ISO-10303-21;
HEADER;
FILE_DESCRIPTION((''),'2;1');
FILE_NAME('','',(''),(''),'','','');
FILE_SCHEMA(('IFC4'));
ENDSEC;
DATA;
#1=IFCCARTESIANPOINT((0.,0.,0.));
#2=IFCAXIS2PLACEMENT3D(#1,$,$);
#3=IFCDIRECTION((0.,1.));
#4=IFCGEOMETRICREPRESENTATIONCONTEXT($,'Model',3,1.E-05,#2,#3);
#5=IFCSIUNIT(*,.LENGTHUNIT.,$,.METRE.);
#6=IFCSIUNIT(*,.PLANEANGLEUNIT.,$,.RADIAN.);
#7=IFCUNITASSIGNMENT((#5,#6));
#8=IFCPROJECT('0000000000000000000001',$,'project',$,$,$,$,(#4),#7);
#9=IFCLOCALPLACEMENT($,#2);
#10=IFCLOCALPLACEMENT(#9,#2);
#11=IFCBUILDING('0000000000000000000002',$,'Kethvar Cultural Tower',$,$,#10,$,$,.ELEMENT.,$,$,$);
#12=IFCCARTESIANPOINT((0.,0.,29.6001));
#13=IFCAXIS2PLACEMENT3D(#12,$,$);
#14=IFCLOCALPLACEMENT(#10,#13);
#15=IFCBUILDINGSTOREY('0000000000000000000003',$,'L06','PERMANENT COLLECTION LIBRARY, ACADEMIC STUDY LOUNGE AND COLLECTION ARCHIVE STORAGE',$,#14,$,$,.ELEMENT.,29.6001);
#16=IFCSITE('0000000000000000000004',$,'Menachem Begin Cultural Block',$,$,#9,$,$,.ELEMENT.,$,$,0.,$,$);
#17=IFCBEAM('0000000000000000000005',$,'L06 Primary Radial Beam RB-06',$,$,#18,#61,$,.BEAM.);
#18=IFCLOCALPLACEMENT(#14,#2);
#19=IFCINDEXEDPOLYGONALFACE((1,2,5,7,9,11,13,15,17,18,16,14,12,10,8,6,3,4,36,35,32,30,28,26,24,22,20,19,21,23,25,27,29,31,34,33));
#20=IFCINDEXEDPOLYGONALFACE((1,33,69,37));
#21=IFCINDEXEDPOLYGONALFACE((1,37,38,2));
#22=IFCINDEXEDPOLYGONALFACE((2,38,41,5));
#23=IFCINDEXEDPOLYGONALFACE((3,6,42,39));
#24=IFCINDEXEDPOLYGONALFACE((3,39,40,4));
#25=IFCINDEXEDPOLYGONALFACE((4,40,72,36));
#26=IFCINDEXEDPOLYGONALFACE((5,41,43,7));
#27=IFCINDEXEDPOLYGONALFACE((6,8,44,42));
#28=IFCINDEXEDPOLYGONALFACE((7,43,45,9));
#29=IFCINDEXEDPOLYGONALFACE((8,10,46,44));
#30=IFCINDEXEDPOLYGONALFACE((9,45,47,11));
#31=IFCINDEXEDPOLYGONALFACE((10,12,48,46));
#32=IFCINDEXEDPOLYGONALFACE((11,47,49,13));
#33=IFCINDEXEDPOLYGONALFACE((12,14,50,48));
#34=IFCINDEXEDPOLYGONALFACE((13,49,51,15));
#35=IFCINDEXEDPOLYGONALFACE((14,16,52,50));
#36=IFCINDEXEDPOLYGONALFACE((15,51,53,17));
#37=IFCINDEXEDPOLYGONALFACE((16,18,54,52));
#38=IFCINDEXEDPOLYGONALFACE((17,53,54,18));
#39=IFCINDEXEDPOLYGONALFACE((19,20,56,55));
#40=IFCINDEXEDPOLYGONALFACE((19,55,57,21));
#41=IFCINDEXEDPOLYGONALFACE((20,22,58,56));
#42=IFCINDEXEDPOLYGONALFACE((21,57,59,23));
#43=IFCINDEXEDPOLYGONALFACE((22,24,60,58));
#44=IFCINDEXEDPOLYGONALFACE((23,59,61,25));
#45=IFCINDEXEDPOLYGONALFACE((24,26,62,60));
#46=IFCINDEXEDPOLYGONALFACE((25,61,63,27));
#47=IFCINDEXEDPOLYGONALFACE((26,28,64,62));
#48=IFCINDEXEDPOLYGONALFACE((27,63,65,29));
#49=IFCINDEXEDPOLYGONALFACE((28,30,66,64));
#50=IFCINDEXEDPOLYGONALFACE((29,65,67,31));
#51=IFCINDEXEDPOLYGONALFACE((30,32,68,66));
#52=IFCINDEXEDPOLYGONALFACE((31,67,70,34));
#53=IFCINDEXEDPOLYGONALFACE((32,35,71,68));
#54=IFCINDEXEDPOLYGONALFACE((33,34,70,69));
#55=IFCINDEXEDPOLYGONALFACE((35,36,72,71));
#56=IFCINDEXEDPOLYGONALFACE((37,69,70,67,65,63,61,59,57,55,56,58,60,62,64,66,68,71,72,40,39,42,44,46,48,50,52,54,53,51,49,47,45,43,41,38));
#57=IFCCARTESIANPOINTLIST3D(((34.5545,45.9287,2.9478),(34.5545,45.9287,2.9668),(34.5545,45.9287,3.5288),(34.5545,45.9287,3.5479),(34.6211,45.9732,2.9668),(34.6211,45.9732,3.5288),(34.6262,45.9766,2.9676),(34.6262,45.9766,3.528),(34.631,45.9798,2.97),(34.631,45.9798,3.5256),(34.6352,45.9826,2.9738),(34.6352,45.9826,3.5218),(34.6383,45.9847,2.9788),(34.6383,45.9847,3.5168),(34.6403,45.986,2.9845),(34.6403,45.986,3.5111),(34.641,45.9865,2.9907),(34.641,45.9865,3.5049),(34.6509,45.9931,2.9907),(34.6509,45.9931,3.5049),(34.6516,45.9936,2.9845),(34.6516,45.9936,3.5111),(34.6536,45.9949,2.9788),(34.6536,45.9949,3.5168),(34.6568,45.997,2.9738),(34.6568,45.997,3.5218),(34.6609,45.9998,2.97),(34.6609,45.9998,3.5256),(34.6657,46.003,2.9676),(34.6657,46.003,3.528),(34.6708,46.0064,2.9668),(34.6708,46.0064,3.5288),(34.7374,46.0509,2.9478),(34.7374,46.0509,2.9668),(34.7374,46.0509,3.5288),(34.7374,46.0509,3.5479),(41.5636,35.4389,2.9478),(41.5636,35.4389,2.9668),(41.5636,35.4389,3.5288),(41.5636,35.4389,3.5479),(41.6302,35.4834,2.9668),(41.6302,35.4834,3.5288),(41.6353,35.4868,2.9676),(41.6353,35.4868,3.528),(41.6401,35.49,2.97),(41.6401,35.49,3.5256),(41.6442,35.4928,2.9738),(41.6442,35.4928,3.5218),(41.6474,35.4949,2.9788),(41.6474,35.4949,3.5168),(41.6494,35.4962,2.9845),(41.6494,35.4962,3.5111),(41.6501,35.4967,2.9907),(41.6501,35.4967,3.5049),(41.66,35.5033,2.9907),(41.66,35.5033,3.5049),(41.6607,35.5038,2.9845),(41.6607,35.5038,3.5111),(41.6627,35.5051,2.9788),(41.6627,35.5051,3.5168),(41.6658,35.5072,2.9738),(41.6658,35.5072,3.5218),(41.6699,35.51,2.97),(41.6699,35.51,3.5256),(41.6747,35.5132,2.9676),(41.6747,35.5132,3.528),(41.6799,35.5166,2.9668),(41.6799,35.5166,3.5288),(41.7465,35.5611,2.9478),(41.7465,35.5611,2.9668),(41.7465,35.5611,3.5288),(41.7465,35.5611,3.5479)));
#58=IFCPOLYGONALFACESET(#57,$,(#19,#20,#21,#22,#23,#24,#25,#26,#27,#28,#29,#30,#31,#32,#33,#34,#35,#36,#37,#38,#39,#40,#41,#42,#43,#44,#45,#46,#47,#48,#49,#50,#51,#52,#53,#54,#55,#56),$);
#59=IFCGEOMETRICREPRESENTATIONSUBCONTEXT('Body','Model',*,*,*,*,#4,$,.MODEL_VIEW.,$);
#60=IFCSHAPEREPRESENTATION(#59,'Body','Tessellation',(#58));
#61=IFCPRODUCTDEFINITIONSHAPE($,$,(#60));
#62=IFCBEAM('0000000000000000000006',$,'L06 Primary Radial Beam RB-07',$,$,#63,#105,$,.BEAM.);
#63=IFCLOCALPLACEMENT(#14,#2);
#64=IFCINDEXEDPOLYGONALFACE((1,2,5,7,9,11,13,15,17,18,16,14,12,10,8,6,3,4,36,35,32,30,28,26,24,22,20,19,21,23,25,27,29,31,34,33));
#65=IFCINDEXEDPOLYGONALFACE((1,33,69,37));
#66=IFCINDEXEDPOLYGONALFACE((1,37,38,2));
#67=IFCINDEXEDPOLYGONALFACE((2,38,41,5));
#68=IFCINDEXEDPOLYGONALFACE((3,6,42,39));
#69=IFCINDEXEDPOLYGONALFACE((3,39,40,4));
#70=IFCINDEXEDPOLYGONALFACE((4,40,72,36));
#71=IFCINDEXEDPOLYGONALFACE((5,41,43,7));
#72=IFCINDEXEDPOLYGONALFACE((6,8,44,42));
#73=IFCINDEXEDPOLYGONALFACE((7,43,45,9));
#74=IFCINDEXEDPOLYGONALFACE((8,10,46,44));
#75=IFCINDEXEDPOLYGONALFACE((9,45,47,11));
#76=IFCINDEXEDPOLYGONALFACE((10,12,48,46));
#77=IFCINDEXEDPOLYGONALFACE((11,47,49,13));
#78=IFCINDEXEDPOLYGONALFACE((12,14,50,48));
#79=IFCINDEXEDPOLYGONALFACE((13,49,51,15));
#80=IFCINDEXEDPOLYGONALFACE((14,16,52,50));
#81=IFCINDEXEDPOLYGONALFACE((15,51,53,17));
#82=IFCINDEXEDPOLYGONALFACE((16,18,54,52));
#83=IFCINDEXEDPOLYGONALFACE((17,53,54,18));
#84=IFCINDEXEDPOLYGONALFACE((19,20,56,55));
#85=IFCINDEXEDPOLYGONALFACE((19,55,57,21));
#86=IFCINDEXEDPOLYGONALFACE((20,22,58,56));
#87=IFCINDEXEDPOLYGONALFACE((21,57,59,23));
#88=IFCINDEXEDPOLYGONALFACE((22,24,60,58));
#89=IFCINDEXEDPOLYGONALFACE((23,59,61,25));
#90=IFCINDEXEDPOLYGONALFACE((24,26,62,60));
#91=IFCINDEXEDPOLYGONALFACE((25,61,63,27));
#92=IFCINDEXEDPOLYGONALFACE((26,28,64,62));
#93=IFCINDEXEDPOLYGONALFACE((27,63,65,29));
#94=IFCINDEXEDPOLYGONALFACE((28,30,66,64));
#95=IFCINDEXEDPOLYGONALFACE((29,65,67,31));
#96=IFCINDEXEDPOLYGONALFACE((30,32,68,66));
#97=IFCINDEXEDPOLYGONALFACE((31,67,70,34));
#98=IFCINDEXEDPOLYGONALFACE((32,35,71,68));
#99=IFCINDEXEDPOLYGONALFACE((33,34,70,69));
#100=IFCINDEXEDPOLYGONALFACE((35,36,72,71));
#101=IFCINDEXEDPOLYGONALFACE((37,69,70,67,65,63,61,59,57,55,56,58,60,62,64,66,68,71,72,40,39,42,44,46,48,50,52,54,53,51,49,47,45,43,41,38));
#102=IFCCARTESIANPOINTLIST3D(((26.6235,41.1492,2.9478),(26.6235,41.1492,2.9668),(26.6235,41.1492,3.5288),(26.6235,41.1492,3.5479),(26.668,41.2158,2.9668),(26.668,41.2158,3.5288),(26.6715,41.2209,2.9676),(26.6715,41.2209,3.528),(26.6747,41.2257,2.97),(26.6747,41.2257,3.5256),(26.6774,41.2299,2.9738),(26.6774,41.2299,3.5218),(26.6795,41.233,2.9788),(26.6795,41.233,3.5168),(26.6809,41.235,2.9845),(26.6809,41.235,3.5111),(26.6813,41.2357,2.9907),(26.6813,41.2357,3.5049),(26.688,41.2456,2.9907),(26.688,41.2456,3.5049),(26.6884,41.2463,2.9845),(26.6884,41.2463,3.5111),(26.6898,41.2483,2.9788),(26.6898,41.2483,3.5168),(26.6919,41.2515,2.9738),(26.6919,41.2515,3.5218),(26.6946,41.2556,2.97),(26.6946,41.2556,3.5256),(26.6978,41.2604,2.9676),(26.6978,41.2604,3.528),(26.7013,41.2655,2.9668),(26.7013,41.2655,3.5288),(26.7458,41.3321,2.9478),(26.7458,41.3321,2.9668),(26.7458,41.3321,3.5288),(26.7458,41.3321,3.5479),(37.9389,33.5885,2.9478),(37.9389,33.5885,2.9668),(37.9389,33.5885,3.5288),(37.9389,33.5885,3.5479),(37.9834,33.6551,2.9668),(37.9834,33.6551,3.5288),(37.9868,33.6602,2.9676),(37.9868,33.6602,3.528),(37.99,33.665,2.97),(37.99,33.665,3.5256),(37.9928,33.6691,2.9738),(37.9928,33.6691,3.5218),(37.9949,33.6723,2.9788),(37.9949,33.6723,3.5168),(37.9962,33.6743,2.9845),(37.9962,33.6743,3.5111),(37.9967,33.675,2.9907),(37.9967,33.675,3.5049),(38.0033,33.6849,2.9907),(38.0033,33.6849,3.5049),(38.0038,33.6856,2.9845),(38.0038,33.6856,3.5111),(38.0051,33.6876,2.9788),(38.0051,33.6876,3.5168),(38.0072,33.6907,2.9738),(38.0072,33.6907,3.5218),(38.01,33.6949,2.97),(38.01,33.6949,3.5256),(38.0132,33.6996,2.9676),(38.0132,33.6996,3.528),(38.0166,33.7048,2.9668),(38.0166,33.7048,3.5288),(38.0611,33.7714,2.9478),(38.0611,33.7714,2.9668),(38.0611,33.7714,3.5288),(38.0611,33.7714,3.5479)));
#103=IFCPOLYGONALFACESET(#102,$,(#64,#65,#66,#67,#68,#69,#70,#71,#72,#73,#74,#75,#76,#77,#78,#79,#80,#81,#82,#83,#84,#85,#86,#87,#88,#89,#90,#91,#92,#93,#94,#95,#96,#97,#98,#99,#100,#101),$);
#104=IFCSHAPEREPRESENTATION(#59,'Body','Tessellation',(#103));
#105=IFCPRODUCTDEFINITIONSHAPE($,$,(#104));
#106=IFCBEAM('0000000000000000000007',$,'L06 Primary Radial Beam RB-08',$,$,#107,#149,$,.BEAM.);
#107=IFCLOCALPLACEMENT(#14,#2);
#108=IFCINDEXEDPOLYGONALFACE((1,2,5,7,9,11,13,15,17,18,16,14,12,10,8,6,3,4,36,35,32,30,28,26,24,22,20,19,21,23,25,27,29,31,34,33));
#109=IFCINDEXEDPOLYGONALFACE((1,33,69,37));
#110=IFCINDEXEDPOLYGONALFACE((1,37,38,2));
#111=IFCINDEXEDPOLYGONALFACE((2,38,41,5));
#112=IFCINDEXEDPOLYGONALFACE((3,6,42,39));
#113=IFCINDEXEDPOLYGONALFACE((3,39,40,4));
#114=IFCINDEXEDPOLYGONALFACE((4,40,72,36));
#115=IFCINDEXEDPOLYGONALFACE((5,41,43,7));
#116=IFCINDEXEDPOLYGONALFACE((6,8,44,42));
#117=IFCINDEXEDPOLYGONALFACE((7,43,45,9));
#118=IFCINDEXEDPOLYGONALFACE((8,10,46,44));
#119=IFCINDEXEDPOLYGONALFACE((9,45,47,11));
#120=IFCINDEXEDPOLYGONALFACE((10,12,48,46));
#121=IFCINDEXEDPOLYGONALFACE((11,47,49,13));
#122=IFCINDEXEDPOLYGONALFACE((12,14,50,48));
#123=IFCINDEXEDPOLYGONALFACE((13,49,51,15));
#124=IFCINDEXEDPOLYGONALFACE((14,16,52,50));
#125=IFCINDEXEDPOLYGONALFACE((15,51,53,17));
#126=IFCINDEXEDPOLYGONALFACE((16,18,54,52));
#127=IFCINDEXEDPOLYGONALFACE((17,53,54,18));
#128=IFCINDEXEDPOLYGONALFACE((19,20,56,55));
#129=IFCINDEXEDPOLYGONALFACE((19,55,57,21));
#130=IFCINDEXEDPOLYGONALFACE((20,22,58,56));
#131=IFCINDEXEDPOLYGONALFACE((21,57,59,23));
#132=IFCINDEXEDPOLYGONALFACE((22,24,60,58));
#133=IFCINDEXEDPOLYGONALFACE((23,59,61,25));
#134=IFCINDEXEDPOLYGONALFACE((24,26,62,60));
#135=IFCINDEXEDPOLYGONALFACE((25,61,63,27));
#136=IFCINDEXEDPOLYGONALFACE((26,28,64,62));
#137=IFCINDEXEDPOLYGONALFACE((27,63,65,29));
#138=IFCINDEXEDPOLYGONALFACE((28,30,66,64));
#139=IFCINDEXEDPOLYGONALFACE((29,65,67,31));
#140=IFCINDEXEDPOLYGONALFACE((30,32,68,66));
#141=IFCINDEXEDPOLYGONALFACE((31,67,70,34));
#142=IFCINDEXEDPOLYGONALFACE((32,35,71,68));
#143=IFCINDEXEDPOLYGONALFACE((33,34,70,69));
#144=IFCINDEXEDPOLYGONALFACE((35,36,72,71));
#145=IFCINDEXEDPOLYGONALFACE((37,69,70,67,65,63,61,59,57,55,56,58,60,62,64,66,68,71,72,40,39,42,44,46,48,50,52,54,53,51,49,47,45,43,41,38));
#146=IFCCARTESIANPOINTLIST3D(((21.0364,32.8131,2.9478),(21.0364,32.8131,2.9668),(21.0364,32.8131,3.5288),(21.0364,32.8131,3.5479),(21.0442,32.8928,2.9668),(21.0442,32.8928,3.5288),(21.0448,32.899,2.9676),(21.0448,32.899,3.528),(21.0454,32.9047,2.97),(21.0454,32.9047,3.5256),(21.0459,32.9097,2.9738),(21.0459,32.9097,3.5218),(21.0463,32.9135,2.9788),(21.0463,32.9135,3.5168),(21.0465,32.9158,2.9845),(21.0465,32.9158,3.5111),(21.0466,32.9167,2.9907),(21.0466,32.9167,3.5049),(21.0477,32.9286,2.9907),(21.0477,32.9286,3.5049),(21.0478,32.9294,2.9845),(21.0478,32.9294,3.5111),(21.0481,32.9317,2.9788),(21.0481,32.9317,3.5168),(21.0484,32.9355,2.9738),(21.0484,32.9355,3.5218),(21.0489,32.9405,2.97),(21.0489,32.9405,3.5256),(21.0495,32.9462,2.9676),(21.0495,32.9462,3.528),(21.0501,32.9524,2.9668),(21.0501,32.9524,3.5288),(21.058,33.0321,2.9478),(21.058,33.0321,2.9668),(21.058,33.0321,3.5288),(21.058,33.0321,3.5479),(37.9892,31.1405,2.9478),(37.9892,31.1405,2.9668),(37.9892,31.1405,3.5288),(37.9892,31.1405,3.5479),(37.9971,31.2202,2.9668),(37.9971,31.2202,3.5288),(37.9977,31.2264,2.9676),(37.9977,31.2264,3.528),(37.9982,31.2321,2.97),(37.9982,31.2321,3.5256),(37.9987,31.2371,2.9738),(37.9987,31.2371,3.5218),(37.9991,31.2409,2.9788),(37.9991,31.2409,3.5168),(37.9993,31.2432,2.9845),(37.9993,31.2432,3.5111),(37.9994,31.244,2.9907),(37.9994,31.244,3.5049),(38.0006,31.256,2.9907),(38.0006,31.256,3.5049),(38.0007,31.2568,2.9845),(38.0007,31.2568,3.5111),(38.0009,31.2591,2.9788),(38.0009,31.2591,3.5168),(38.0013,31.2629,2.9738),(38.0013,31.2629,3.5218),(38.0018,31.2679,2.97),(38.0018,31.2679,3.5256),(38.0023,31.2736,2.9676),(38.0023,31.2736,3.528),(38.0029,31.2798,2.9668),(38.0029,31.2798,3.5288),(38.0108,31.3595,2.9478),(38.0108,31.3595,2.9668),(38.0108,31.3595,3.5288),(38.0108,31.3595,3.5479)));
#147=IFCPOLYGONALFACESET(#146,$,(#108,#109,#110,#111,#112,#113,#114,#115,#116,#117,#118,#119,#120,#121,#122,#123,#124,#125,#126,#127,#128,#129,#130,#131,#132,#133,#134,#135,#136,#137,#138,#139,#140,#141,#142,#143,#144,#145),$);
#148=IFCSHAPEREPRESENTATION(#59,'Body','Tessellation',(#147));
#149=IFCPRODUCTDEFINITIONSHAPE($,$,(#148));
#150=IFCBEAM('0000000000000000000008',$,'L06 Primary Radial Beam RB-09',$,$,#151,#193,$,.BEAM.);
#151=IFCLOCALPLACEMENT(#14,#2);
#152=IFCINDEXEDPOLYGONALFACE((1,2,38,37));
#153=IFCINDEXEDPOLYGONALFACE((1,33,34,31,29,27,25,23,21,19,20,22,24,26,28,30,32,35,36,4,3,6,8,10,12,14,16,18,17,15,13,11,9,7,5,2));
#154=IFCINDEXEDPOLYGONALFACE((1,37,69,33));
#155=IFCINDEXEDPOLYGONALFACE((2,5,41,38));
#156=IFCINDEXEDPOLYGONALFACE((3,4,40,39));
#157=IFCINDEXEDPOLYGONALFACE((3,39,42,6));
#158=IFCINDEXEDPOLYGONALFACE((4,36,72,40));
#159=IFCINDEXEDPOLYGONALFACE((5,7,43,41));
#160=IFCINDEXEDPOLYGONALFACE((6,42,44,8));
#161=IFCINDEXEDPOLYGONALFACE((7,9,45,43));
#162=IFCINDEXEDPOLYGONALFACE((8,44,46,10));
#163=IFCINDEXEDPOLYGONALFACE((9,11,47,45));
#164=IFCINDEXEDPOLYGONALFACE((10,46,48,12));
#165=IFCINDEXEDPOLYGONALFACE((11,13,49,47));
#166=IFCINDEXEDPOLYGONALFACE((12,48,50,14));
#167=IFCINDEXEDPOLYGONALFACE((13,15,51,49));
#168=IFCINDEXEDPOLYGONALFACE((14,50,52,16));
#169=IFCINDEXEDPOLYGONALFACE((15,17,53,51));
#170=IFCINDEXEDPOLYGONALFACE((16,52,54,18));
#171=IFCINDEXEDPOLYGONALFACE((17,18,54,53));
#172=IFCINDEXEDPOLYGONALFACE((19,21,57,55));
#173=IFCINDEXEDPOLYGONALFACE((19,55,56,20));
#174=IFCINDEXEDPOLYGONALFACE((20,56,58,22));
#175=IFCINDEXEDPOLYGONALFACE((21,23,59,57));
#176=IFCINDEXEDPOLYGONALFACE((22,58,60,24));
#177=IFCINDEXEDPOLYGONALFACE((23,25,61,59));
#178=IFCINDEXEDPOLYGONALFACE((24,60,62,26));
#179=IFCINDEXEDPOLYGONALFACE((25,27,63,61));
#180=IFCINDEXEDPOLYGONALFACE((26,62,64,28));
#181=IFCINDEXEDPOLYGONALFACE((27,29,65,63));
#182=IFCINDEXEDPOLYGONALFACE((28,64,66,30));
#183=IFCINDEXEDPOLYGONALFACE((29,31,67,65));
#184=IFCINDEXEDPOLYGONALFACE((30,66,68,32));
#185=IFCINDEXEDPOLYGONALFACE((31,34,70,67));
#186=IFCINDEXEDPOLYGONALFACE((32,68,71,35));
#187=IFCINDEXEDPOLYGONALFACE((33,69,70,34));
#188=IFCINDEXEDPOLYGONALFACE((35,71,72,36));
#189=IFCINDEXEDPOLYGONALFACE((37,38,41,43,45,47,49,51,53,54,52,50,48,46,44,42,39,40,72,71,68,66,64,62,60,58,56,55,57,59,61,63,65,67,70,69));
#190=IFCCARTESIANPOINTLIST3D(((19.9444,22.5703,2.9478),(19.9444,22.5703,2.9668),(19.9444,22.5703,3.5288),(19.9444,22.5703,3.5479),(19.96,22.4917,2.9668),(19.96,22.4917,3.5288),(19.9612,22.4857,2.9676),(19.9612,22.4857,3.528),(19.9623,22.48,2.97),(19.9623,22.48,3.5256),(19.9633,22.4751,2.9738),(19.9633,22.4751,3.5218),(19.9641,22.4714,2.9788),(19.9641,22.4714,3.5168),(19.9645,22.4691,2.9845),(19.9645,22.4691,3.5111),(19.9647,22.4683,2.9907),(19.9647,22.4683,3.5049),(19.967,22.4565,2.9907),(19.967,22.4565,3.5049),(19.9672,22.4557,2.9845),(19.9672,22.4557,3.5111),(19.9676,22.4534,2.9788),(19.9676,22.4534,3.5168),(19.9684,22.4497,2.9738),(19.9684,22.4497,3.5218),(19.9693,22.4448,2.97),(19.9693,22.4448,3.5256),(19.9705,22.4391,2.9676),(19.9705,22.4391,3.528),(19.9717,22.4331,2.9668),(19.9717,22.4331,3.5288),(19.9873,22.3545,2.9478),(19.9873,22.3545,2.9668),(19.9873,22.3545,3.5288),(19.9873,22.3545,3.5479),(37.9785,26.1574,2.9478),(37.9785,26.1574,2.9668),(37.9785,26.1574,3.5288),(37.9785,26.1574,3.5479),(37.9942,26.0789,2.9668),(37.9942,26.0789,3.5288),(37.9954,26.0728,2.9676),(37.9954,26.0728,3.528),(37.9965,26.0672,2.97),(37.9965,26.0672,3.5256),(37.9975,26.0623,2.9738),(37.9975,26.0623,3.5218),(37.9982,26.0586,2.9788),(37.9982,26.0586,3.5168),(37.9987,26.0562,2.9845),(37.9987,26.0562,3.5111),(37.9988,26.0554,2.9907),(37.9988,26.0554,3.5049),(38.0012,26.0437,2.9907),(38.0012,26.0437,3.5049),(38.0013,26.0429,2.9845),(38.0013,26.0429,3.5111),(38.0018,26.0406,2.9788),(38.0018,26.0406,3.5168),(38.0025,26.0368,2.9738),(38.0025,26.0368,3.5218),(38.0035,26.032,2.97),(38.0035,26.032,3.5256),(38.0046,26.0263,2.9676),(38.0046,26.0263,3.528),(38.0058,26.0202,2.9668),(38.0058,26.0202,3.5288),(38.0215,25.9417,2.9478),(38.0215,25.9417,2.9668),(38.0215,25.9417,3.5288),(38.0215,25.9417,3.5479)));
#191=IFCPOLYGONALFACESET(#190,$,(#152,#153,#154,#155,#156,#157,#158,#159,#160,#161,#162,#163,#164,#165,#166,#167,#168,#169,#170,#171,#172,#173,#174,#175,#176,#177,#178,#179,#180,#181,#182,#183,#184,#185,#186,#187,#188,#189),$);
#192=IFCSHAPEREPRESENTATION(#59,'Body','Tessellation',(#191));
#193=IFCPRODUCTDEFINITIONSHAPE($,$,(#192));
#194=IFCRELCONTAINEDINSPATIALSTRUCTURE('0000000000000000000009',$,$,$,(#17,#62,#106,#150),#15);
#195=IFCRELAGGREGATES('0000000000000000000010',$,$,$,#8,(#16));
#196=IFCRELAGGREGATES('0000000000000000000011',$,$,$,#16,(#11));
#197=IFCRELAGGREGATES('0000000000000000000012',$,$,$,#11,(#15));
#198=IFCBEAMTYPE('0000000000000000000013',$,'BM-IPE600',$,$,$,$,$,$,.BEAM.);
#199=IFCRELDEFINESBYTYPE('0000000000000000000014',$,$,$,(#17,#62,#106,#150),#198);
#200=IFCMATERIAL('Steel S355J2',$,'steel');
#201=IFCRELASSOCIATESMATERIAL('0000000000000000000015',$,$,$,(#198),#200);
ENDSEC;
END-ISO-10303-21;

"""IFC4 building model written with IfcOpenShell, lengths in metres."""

from ifc_helpers import new_model, si_unit, direction, frame, origin, origin_2d, place, context, subcontext, project, spatial, i_section, extrude, source, transform, mapped, material, material_profile, profile_set, type_object, element, save


model = new_model("IFC4")

# Units and contexts
model_context = context("Model", 3, precision=1e-05, world=origin(), true_north=direction((0.0, 1.0)))
body_context = subcontext(model_context, "Body", "Model", "MODEL_VIEW")
ifc_project = project(units=[si_unit("LENGTHUNIT", "METRE"), si_unit("PLANEANGLEUNIT", "RADIAN")], contexts=[model_context])

# Site, building, storey
site_placement = place(None, origin())
site = spatial("IfcSite", under=ifc_project, at=site_placement, Name="Menachem Begin Cultural Block", CompositionType="ELEMENT", RefElevation=0.0)
building_placement = place(site_placement, origin())
building = spatial("IfcBuilding", under=site, at=building_placement, Name="Kethvar Cultural Tower", CompositionType="ELEMENT")
storey_placement = place(building_placement, frame((0.0, 0.0, 29.6001)))
storey = spatial("IfcBuildingStorey", under=building, at=storey_placement, Name="L06", Description="PERMANENT COLLECTION LIBRARY, ACADEMIC STUDY LOUNGE AND COLLECTION ARCHIVE STORAGE", CompositionType="ELEMENT", Elevation=29.6001)

# Beams
ifc_material_1 = material(Name="Steel S355J2", Category="steel")
ifc_material_profile_1 = material_profile(ifc_material_1, i_section(OverallWidth=0.22, OverallDepth=0.6001, WebThickness=0.012, FlangeThickness=0.019, FilletRadius=0.0239, at=origin_2d()), Name="Steel S355J2 — IPE600")
ifc_profile_set_1 = profile_set([ifc_material_profile_1], Name="Steel S355J2 — IPE600")
beam_type_1 = type_object("IfcBeamType", Name="BM-IPE600", PredefinedType="BEAM", material=ifc_profile_set_1)
shared_shape_1 = source(origin(), body_context, "Body", "SweptSolid", [
    extrude(i_section(OverallWidth=0.22, OverallDepth=0.6001, WebThickness=0.012, FlangeThickness=0.019, FilletRadius=0.0239, at=origin_2d()), origin(), (0.0, 0.0, 1.0), 12.616),
])
beam_1_placement = place(storey_placement, frame((41.655, 35.5, 3.2478), z_axis=(-0.555571, 0.831469, 0.0), x_axis=(-0.831469, -0.555571, 0.0)))
element("IfcBeam", 1, at=beam_1_placement, inside=storey, type_object=beam_type_1, Name="L06 Primary Radial Beam RB-06", PredefinedType="BEAM", context=body_context, shape_type="MappedRepresentation", body=[
    mapped(shared_shape_1, transform((0.0, 0.0, 0.0), scale=1.0)),
])
shared_shape_2 = source(origin(), body_context, "Body", "SweptSolid", [
    extrude(i_section(OverallWidth=0.22, OverallDepth=0.6001, WebThickness=0.012, FlangeThickness=0.019, FilletRadius=0.0239, at=origin_2d()), origin(), (0.0, 0.0, 1.0), 13.6089),
])
beam_2_placement = place(storey_placement, frame((38.0, 33.6799, 3.2478), z_axis=(-0.831467, 0.555573, 0.0), x_axis=(-0.555573, -0.831467, 0.0)))
element("IfcBeam", 2, at=beam_2_placement, inside=storey, type_object=beam_type_1, Name="L06 Primary Radial Beam RB-07", PredefinedType="BEAM", context=body_context, shape_type="MappedRepresentation", body=[
    mapped(shared_shape_2, transform((0.0, 0.0, 0.0), scale=1.0)),
])
shared_shape_3 = source(origin(), body_context, "Body", "SweptSolid", [
    extrude(i_section(OverallWidth=0.22, OverallDepth=0.6001, WebThickness=0.012, FlangeThickness=0.019, FilletRadius=0.0239, at=origin_2d()), origin(), (0.0, 0.0, 1.0), 17.0352),
])
beam_3_placement = place(storey_placement, frame((38.0, 31.25, 3.2478), z_axis=(-0.995168, 0.098185, 0.0), x_axis=(-0.098185, -0.995168, 0.0)))
element("IfcBeam", 3, at=beam_3_placement, inside=storey, type_object=beam_type_1, Name="L06 Primary Radial Beam RB-08", PredefinedType="BEAM", context=body_context, shape_type="MappedRepresentation", body=[
    mapped(shared_shape_3, transform((0.0, 0.0, 0.0), scale=1.0)),
])
shared_shape_4 = source(origin(), body_context, "Body", "SweptSolid", [
    extrude(i_section(OverallWidth=0.22, OverallDepth=0.6001, WebThickness=0.012, FlangeThickness=0.019, FilletRadius=0.0239, at=origin_2d()), origin(), (0.0, 0.0, 1.0), 18.3875),
])
beam_4_placement = place(storey_placement, frame((38.0, 26.0496, 3.2478), z_axis=(-0.980786, -0.195087, 0.0), x_axis=(0.195087, -0.980786, 0.0)))
element("IfcBeam", 4, at=beam_4_placement, inside=storey, type_object=beam_type_1, Name="L06 Primary Radial Beam RB-09", PredefinedType="BEAM", context=body_context, shape_type="MappedRepresentation", body=[
    mapped(shared_shape_4, transform((0.0, 0.0, 0.0), scale=1.0)),
])

save(model, "model.ifc")
